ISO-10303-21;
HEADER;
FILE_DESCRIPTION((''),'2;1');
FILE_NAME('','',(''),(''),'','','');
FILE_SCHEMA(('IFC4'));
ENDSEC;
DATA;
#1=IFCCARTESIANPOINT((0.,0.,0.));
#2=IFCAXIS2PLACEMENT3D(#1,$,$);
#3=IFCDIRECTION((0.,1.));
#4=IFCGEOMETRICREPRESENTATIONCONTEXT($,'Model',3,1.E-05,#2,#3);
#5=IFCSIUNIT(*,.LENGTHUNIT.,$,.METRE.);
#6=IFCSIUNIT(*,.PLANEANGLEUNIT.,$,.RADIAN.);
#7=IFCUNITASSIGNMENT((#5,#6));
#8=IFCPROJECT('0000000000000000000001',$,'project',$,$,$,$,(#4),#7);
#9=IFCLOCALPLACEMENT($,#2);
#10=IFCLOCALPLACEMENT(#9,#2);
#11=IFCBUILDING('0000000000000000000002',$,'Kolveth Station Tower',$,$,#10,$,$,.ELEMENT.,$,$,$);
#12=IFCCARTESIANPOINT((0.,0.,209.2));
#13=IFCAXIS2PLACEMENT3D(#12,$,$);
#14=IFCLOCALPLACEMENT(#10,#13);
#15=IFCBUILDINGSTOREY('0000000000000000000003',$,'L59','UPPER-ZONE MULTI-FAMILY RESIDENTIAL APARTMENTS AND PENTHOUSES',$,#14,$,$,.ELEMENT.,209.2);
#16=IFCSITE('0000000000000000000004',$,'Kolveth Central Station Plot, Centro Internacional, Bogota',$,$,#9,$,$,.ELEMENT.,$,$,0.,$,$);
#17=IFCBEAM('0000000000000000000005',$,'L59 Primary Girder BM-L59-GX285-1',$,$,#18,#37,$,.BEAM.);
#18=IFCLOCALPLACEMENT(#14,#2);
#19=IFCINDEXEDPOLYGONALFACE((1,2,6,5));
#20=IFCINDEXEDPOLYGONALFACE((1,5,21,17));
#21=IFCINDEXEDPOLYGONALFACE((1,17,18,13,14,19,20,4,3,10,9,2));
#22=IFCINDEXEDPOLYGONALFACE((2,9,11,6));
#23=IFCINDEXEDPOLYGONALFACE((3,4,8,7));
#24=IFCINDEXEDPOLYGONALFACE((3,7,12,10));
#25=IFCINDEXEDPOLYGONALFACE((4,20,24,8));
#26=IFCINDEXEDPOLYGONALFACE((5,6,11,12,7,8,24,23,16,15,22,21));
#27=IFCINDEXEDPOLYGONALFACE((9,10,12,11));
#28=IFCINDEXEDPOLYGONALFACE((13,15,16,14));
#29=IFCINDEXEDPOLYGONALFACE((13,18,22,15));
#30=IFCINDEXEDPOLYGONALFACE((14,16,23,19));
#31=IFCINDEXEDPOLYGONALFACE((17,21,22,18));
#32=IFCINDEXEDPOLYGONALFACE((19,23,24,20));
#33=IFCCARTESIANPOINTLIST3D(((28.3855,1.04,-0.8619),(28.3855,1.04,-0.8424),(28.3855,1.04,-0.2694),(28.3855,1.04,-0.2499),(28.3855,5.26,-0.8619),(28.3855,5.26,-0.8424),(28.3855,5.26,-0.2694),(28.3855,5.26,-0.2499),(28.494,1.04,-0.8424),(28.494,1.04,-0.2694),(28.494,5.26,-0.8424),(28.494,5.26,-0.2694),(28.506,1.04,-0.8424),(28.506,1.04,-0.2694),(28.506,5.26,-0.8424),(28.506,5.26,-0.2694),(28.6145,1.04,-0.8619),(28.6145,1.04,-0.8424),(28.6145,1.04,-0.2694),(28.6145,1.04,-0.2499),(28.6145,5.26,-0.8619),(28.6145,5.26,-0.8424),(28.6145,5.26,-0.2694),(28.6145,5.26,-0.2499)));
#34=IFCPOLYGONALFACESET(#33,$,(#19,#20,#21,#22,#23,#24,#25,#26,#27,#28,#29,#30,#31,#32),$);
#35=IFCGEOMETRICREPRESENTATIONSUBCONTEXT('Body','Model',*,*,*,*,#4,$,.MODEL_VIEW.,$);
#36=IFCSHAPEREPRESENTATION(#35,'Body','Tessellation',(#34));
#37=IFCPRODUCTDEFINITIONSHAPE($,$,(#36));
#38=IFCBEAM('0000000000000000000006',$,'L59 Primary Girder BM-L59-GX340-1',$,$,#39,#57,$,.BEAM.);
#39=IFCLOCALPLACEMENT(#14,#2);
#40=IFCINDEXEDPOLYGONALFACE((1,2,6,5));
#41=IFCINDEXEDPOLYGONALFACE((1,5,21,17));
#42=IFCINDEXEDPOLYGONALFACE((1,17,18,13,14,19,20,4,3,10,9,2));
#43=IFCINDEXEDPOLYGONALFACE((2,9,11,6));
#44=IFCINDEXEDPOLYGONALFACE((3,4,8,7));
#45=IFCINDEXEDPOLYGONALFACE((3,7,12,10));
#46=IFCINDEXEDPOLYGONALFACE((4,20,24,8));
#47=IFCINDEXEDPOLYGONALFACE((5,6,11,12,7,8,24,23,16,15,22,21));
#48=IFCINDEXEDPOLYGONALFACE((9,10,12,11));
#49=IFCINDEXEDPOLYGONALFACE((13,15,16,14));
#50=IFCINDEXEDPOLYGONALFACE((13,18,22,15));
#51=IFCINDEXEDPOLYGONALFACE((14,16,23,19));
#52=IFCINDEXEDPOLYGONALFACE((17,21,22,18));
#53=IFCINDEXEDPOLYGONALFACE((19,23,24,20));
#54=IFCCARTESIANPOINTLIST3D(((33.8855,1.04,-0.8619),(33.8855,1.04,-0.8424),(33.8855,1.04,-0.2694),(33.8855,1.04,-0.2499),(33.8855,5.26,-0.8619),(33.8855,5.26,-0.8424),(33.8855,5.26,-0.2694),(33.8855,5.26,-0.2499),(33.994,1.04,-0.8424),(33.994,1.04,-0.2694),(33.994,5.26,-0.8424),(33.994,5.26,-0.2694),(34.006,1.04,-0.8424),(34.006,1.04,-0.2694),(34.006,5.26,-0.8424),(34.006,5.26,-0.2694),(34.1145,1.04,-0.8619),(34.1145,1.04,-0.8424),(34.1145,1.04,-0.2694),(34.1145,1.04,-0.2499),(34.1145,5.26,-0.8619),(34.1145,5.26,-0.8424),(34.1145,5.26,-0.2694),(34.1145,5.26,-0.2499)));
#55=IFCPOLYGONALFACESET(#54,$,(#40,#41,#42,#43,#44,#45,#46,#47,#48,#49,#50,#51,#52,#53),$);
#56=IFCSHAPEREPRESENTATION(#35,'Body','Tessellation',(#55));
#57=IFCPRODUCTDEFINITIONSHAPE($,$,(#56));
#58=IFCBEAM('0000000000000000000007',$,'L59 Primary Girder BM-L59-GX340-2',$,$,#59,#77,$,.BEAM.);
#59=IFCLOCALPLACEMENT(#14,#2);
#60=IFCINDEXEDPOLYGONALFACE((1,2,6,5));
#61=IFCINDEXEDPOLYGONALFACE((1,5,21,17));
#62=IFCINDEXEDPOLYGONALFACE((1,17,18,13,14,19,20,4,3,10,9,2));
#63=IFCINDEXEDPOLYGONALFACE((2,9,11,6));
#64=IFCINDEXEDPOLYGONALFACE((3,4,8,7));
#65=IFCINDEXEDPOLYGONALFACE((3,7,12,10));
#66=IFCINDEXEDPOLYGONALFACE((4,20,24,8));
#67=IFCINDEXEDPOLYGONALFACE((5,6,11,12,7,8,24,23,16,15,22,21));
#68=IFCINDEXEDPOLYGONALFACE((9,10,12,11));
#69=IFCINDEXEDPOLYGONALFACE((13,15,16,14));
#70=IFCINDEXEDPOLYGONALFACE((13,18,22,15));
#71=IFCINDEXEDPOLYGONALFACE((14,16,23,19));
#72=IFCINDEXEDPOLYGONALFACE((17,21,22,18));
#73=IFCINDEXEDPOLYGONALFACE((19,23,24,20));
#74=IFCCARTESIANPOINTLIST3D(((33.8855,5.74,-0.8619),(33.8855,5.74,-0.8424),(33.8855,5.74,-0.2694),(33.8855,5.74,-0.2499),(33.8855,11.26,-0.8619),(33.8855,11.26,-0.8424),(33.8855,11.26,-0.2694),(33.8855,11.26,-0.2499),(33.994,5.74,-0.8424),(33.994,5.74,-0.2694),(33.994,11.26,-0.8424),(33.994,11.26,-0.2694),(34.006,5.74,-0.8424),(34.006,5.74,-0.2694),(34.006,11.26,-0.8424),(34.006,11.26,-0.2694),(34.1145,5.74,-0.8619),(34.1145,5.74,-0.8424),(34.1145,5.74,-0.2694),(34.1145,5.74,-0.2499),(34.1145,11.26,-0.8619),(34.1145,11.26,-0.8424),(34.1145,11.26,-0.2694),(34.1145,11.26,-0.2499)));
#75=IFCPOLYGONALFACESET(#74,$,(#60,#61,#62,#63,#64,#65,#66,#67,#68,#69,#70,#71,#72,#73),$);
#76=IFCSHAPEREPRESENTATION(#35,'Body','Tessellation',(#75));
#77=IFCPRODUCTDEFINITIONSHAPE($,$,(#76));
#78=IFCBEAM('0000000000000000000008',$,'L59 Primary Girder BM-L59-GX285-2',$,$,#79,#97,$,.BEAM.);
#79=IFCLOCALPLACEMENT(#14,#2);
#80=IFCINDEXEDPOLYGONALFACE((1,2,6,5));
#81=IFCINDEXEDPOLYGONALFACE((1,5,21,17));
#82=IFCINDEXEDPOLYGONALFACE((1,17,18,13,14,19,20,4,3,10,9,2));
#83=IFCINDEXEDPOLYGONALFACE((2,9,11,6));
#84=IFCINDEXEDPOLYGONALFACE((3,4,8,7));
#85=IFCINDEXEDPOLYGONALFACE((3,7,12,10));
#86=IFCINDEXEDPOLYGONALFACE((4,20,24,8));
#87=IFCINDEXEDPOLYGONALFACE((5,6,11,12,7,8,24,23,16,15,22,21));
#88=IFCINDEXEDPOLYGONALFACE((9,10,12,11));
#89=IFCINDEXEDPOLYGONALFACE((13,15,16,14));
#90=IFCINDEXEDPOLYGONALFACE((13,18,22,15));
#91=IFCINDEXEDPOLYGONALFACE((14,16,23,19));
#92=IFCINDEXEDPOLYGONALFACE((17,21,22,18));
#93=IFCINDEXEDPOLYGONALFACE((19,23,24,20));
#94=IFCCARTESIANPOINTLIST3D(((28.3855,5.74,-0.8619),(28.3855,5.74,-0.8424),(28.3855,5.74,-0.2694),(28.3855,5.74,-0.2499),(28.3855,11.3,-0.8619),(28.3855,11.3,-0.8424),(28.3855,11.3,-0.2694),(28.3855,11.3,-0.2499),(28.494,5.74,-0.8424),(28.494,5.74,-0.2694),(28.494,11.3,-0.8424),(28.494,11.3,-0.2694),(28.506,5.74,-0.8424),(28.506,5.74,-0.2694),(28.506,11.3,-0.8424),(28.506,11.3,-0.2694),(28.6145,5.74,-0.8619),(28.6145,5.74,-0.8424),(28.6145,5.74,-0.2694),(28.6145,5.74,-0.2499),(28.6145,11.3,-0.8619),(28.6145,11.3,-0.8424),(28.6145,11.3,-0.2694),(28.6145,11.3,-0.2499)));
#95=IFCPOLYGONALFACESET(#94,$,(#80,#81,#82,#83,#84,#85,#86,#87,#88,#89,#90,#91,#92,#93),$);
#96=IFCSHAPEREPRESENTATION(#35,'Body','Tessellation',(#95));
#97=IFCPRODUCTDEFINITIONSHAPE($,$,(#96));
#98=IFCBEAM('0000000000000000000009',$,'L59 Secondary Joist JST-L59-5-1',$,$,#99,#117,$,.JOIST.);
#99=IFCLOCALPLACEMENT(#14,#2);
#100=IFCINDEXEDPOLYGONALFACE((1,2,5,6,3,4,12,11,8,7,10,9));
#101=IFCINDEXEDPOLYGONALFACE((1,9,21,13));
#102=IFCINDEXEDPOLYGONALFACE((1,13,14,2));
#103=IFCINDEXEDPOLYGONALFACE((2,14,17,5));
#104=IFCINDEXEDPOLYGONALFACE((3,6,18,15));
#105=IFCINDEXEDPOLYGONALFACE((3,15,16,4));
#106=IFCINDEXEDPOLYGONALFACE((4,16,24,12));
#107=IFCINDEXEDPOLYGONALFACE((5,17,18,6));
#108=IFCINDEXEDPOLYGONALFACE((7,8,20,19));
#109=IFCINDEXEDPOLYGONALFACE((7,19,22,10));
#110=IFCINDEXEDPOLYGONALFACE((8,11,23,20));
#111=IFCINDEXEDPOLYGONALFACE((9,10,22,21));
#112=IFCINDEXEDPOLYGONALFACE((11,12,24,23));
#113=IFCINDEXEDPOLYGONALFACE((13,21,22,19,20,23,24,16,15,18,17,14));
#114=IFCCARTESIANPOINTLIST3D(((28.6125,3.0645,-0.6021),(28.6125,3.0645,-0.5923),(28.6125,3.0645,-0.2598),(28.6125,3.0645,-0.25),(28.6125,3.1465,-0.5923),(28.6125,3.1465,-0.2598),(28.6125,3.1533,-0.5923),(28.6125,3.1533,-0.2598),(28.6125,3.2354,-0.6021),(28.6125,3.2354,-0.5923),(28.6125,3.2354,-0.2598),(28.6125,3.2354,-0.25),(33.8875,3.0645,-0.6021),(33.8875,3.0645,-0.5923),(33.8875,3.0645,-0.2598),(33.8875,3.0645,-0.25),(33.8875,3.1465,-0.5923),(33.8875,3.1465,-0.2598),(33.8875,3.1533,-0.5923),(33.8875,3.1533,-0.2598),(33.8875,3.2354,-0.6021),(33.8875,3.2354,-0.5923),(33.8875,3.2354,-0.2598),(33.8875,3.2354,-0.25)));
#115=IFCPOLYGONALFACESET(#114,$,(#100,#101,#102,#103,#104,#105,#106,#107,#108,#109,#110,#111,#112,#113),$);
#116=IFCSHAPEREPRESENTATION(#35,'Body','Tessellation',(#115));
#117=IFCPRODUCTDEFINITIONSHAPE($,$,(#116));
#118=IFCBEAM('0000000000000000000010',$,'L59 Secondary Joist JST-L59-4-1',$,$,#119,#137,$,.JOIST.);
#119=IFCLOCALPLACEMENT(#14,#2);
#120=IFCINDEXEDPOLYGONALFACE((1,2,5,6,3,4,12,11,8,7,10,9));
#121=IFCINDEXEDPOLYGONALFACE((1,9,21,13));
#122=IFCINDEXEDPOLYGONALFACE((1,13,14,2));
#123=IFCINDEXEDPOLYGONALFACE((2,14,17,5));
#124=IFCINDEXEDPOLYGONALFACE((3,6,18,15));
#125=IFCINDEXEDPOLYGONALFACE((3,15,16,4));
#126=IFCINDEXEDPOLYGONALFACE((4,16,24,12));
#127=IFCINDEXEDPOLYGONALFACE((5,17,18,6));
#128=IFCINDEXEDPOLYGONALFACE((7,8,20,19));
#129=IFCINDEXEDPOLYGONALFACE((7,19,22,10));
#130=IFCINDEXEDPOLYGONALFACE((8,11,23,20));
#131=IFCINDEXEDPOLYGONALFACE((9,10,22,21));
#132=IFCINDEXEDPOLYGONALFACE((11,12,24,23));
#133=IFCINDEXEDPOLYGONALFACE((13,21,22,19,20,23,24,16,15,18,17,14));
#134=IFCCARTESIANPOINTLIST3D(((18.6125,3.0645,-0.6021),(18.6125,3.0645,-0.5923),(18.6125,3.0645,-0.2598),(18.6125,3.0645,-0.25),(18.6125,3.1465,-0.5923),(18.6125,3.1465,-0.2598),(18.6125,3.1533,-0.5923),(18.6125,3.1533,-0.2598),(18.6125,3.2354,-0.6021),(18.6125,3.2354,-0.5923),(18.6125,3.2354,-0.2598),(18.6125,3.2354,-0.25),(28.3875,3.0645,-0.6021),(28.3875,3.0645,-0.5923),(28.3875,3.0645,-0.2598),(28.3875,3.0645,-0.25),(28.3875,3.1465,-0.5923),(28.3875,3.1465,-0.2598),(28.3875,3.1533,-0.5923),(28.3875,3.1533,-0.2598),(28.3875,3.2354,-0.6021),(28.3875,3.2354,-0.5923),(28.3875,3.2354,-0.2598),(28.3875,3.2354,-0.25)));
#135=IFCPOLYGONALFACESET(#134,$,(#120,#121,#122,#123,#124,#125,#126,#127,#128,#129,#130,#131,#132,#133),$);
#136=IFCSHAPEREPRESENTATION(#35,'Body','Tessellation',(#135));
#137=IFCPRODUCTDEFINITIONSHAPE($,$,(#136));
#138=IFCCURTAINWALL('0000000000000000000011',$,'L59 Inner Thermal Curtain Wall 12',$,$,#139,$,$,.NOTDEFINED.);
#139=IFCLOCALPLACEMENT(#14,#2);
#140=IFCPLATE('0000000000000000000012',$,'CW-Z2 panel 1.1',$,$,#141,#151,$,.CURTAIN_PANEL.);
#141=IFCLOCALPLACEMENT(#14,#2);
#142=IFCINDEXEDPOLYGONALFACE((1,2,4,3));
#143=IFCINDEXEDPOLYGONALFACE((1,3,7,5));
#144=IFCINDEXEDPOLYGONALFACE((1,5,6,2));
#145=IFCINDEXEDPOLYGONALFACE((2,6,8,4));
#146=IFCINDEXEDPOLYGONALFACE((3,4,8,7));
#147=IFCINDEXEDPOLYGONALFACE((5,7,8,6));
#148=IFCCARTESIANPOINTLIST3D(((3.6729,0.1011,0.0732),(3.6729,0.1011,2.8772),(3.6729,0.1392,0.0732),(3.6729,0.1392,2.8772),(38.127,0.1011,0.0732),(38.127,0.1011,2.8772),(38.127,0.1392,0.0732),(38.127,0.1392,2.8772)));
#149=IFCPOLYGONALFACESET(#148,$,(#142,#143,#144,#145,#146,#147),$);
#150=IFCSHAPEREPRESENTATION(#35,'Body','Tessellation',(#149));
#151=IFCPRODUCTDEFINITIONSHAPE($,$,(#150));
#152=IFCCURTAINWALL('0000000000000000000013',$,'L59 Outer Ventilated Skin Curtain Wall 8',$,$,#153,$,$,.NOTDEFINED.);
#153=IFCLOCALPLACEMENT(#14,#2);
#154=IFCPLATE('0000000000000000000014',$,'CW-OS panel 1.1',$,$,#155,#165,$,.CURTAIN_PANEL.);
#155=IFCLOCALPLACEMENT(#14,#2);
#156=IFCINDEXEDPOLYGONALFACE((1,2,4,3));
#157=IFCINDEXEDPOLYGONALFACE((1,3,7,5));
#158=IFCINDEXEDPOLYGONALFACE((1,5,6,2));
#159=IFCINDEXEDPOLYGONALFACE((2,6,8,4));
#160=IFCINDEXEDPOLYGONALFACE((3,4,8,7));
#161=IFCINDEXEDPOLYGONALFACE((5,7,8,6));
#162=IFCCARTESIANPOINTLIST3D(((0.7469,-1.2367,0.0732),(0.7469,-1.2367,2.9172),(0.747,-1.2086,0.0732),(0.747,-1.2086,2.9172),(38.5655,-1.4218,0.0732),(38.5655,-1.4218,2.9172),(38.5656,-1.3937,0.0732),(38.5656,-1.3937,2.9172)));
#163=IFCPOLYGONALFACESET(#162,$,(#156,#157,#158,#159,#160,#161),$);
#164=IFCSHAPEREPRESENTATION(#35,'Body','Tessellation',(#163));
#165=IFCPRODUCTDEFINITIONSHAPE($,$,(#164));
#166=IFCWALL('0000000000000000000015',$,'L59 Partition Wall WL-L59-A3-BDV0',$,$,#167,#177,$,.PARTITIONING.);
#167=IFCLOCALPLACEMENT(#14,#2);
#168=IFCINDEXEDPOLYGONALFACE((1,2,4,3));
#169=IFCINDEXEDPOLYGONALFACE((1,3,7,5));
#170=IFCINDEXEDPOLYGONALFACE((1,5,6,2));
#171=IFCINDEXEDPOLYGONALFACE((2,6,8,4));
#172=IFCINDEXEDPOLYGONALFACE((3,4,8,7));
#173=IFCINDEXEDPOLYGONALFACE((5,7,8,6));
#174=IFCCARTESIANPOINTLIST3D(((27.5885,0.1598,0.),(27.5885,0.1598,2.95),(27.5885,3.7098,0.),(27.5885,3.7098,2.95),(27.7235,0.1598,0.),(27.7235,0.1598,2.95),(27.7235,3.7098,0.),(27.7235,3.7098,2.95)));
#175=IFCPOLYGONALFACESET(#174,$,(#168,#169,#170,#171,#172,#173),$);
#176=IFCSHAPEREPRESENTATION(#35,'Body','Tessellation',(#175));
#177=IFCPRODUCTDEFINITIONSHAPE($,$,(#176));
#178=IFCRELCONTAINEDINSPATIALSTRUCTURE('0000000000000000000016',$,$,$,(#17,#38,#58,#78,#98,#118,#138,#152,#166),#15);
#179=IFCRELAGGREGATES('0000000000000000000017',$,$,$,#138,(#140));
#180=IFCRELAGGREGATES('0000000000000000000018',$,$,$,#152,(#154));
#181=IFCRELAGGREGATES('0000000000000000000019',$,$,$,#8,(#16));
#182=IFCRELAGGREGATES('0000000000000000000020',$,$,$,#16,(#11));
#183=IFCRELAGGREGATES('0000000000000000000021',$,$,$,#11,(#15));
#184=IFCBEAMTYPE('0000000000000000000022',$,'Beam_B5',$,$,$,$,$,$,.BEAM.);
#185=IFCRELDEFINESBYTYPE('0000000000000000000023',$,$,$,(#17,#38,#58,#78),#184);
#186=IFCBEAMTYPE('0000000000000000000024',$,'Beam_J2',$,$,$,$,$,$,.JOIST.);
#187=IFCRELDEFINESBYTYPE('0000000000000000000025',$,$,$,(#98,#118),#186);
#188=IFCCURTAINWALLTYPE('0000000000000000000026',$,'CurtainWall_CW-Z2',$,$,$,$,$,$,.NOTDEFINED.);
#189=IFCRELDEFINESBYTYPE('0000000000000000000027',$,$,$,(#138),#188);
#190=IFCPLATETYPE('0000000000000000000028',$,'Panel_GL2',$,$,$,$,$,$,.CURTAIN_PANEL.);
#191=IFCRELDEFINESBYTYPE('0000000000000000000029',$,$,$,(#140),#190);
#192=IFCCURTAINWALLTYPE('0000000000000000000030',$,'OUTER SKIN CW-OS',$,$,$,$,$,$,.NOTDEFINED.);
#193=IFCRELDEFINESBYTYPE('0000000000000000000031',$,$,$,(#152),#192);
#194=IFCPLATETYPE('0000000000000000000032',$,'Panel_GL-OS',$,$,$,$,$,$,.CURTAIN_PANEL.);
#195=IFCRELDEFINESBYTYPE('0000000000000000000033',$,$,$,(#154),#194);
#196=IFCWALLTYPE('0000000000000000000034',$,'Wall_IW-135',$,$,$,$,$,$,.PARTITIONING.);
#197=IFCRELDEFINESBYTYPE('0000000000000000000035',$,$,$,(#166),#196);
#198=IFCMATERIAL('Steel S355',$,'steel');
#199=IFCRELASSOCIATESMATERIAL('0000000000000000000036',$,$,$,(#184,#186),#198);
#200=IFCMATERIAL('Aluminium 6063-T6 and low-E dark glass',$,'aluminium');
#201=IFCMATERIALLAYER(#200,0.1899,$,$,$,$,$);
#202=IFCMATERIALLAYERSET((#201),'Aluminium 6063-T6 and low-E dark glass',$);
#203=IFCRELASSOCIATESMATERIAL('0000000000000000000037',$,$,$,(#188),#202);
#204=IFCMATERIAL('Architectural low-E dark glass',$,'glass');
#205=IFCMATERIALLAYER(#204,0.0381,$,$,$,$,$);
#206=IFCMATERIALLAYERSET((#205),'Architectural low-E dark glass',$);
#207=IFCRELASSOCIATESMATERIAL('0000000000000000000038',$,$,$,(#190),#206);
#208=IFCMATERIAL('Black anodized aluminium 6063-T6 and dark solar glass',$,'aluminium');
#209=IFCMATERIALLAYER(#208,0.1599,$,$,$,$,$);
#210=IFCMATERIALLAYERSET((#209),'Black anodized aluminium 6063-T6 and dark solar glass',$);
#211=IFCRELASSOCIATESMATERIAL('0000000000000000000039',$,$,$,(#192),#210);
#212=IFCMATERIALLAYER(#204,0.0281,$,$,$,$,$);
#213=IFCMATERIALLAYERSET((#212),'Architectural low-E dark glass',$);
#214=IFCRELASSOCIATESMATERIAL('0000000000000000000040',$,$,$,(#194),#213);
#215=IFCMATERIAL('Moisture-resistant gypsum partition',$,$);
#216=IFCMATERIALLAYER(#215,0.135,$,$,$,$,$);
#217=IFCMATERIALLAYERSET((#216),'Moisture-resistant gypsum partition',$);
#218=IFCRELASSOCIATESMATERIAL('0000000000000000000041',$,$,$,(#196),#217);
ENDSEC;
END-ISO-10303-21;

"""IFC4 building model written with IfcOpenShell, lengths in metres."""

from ifc_helpers import new_model, si_unit, direction, frame, frame_2d, origin, origin_2d, place, context, subcontext, project, spatial, rectangle, i_section, extrude, source, transform, mapped, material, layer, layer_set, material_profile, profile_set, type_object, element, aggregate, save


model = new_model("IFC4")

# Units and contexts
model_context = context("Model", 3, precision=1e-05, world=origin(), true_north=direction((0.0, 1.0)))
body_context = subcontext(model_context, "Body", "Model", "MODEL_VIEW")
ifc_project = project(units=[si_unit("LENGTHUNIT", "METRE"), si_unit("PLANEANGLEUNIT", "RADIAN")], contexts=[model_context])

# Site, building, storey
site_placement = place(None, origin())
site = spatial("IfcSite", under=ifc_project, at=site_placement, Name="Kolveth Central Station Plot, Centro Internacional, Bogota", CompositionType="ELEMENT", RefElevation=0.0)
building_placement = place(site_placement, origin())
building = spatial("IfcBuilding", under=site, at=building_placement, Name="Kolveth Station Tower", CompositionType="ELEMENT")
storey_placement = place(building_placement, frame((0.0, 0.0, 209.2)))
storey = spatial("IfcBuildingStorey", under=building, at=storey_placement, Name="L59", Description="UPPER-ZONE MULTI-FAMILY RESIDENTIAL APARTMENTS AND PENTHOUSES", CompositionType="ELEMENT", Elevation=209.2)

# Shared definitions
ifc_material_1 = material(Name="Steel S355", Category="steel")

# Beams
ifc_material_profile_1 = material_profile(ifc_material_1, i_section(OverallWidth=0.229, OverallDepth=0.6121, WebThickness=0.012, FlangeThickness=0.0195, at=origin_2d()), Name="W610x125")
ifc_profile_set_1 = profile_set([ifc_material_profile_1], Name="Steel S355")
beam_type_1 = type_object("IfcBeamType", Name="Beam_B5", PredefinedType="BEAM", material=ifc_profile_set_1)
shared_shape_1 = source(origin(), body_context, "Body", "SweptSolid", [
    extrude(i_section(OverallWidth=0.229, OverallDepth=0.6121, WebThickness=0.012, FlangeThickness=0.0195, at=origin_2d()), origin(), (0.0, 0.0, 1.0), 4.22),
])
for number, where, z_axis, x_axis, name in (
    (1, (28.5, 1.04, -0.5559), (0.0, 1.0, 0.0), (-1.0, 0.0, 0.0), "L59 Primary Girder BM-L59-GX285-1"),
    (2, (34.0, 1.04, -0.5559), (0.0, 1.0, 0.0), (-1.0, 0.0, 0.0), "L59 Primary Girder BM-L59-GX340-1"),
):
    element("IfcBeam", number, at=place(storey_placement, frame(where, z_axis=z_axis, x_axis=x_axis)), inside=storey, type_object=beam_type_1, Name=name, PredefinedType="BEAM", context=body_context, shape_type="MappedRepresentation", body=[
        mapped(shared_shape_1, transform((0.0, 0.0, 0.0), x_axis=(1.0, 0.0, 0.0), y_axis=(0.0, 1.0, 0.0), z_axis=(0.0, 0.0, 1.0), scale=1.0)),
    ])
shared_shape_2 = source(origin(), body_context, "Body", "SweptSolid", [
    extrude(i_section(OverallWidth=0.229, OverallDepth=0.6121, WebThickness=0.012, FlangeThickness=0.0195, at=origin_2d()), origin(), (0.0, 0.0, 1.0), 5.52),
])
beam_1_placement = place(storey_placement, frame((34.0, 5.74, -0.5559), z_axis=(0.0, 1.0, 0.0), x_axis=(-1.0, 0.0, 0.0)))
element("IfcBeam", 3, at=beam_1_placement, inside=storey, type_object=beam_type_1, Name="L59 Primary Girder BM-L59-GX340-2", PredefinedType="BEAM", context=body_context, shape_type="MappedRepresentation", body=[
    mapped(shared_shape_2, transform((0.0, 0.0, 0.0), x_axis=(1.0, 0.0, 0.0), y_axis=(0.0, 1.0, 0.0), z_axis=(0.0, 0.0, 1.0), scale=1.0)),
])
shared_shape_3 = source(origin(), body_context, "Body", "SweptSolid", [
    extrude(i_section(OverallWidth=0.229, OverallDepth=0.6121, WebThickness=0.012, FlangeThickness=0.0195, at=origin_2d()), origin(), (0.0, 0.0, 1.0), 5.5601),
])
beam_2_placement = place(storey_placement, frame((28.5, 5.74, -0.5559), z_axis=(0.0, 1.0, 0.0), x_axis=(-1.0, 0.0, 0.0)))
element("IfcBeam", 4, at=beam_2_placement, inside=storey, type_object=beam_type_1, Name="L59 Primary Girder BM-L59-GX285-2", PredefinedType="BEAM", context=body_context, shape_type="MappedRepresentation", body=[
    mapped(shared_shape_3, transform((0.0, 0.0, 0.0), x_axis=(1.0, 0.0, 0.0), y_axis=(0.0, 1.0, 0.0), z_axis=(0.0, 0.0, 1.0), scale=1.0)),
])
ifc_material_profile_2 = material_profile(ifc_material_1, i_section(OverallWidth=0.1709, OverallDepth=0.3521, WebThickness=0.0068, FlangeThickness=0.0098, at=origin_2d()), Name="W360x44")
ifc_profile_set_2 = profile_set([ifc_material_profile_2], Name="Steel S355")
beam_type_2 = type_object("IfcBeamType", Name="Beam_J2", PredefinedType="JOIST", material=ifc_profile_set_2)
shared_shape_4 = source(origin(), body_context, "Body", "SweptSolid", [
    extrude(i_section(OverallWidth=0.1709, OverallDepth=0.3521, WebThickness=0.0068, FlangeThickness=0.0098, at=origin_2d()), origin(), (0.0, 0.0, 1.0), 5.2749),
])
beam_3_placement = place(storey_placement, frame((28.6125, 3.1499, -0.426), z_axis=(1.0, 0.0, 0.0), x_axis=(0.0, 1.0, 0.0)))
element("IfcBeam", 5, at=beam_3_placement, inside=storey, type_object=beam_type_2, Name="L59 Secondary Joist JST-L59-5-1", PredefinedType="JOIST", context=body_context, shape_type="MappedRepresentation", body=[
    mapped(shared_shape_4, transform((0.0, 0.0, 0.0), x_axis=(1.0, 0.0, 0.0), y_axis=(0.0, 1.0, 0.0), z_axis=(0.0, 0.0, 1.0), scale=1.0)),
])
shared_shape_5 = source(origin(), body_context, "Body", "SweptSolid", [
    extrude(i_section(OverallWidth=0.1709, OverallDepth=0.3521, WebThickness=0.0068, FlangeThickness=0.0098, at=origin_2d()), origin(), (0.0, 0.0, 1.0), 9.7749),
])
beam_4_placement = place(storey_placement, frame((18.6125, 3.1499, -0.426), z_axis=(1.0, 0.0, 0.0), x_axis=(0.0, 1.0, 0.0)))
element("IfcBeam", 6, at=beam_4_placement, inside=storey, type_object=beam_type_2, Name="L59 Secondary Joist JST-L59-4-1", PredefinedType="JOIST", context=body_context, shape_type="MappedRepresentation", body=[
    mapped(shared_shape_5, transform((0.0, 0.0, 0.0), x_axis=(1.0, 0.0, 0.0), y_axis=(0.0, 1.0, 0.0), z_axis=(0.0, 0.0, 1.0), scale=1.0)),
])

# Curtain walls, plates
ifc_material_2 = material(Name="Aluminium 6063-T6 and low-E dark glass", Category="aluminium")
ifc_layer_1 = layer(ifc_material_2, 0.1899)
ifc_layer_set_1 = layer_set([ifc_layer_1], Name="Aluminium 6063-T6 and low-E dark glass")
curtain_wall_type_1 = type_object("IfcCurtainWallType", Name="CurtainWall_CW-Z2", PredefinedType="NOTDEFINED", material=ifc_layer_set_1)
curtain_wall_1_placement = place(storey_placement, origin())
curtain_wall_1 = element("IfcCurtainWall", 7, at=curtain_wall_1_placement, inside=storey, type_object=curtain_wall_type_1, Name="L59 Inner Thermal Curtain Wall 12", PredefinedType="NOTDEFINED")
ifc_material_3 = material(Name="Architectural low-E dark glass", Category="glass")
ifc_layer_2 = layer(ifc_material_3, 0.0381)
ifc_layer_set_2 = layer_set([ifc_layer_2], Name="Architectural low-E dark glass")
plate_type_1 = type_object("IfcPlateType", Name="Panel_GL2", PredefinedType="CURTAIN_PANEL", material=ifc_layer_set_2)
shared_shape_6 = source(origin(), body_context, "Body", "SweptSolid", [
    extrude(rectangle(XDim=34.4541, YDim=0.0381, at=origin_2d()), origin(), (0.0, 0.0, 1.0), 2.804),
])
plate_1_placement = place(storey_placement, frame((20.8999, 0.1201, 0.0732), z_axis=(0.0, 0.0, 1.0), x_axis=(1.0, 0.0, 0.0)))
plate_1 = element("IfcPlate", 8, at=plate_1_placement, type_object=plate_type_1, Name="CW-Z2 panel 1.1", PredefinedType="CURTAIN_PANEL", context=body_context, shape_type="MappedRepresentation", body=[
    mapped(shared_shape_6, transform((0.0, 0.0, 0.0), x_axis=(1.0, 0.0, 0.0), y_axis=(0.0, 1.0, 0.0), z_axis=(0.0, 0.0, 1.0), scale=1.0)),
])
aggregate(curtain_wall_1, [plate_1])
ifc_material_4 = material(Name="Black anodized aluminium 6063-T6 and dark solar glass", Category="aluminium")
ifc_layer_3 = layer(ifc_material_4, 0.1599)
ifc_layer_set_3 = layer_set([ifc_layer_3], Name="Black anodized aluminium 6063-T6 and dark solar glass")
curtain_wall_type_2 = type_object("IfcCurtainWallType", Name="OUTER SKIN CW-OS", PredefinedType="NOTDEFINED", material=ifc_layer_set_3)
curtain_wall_2_placement = place(storey_placement, origin())
curtain_wall_2 = element("IfcCurtainWall", 9, at=curtain_wall_2_placement, inside=storey, type_object=curtain_wall_type_2, Name="L59 Outer Ventilated Skin Curtain Wall 8", PredefinedType="NOTDEFINED")
ifc_layer_4 = layer(ifc_material_3, 0.0281)
ifc_layer_set_4 = layer_set([ifc_layer_4], Name="Architectural low-E dark glass")
plate_type_2 = type_object("IfcPlateType", Name="Panel_GL-OS", PredefinedType="CURTAIN_PANEL", material=ifc_layer_set_4)
shared_shape_7 = source(origin(), body_context, "Body", "SweptSolid", [
    extrude(rectangle(XDim=37.8191, YDim=0.0281, at=origin_2d()), origin(), (0.0, 0.0, 1.0), 2.844),
])
plate_2_placement = place(storey_placement, frame((19.6562, -1.3152, 0.0732), z_axis=(0.0, 0.0, 1.0), x_axis=(0.999988, -0.004894, 0.0)))
plate_2 = element("IfcPlate", 10, at=plate_2_placement, type_object=plate_type_2, Name="CW-OS panel 1.1", PredefinedType="CURTAIN_PANEL", context=body_context, shape_type="MappedRepresentation", body=[
    mapped(shared_shape_7, transform((0.0, 0.0, 0.0), x_axis=(1.0, 0.0, 0.0), y_axis=(0.0, 1.0, 0.0), z_axis=(0.0, 0.0, 1.0), scale=1.0)),
])
aggregate(curtain_wall_2, [plate_2])

# Shared definitions
ifc_material_5 = material(Name="Moisture-resistant gypsum partition")
ifc_layer_5 = layer(ifc_material_5, 0.135)
ifc_layer_set_5 = layer_set([ifc_layer_5], Name="Moisture-resistant gypsum partition")
wall_type_1 = type_object("IfcWallType", Name="Wall_IW-135", PredefinedType="PARTITIONING", material=ifc_layer_set_5)

# Wall
wall_1_placement = place(storey_placement, frame((27.656, 0.1599, 0.0), z_axis=(0.0, 0.0, 1.0), x_axis=(0.0, 1.0, 0.0)))
element("IfcWall", 11, at=wall_1_placement, inside=storey, type_object=wall_type_1, Name="L59 Partition Wall WL-L59-A3-BDV0", PredefinedType="PARTITIONING", context=body_context, shape_type="SweptSolid", body=[
    extrude(rectangle(XDim=3.55, YDim=0.135, at=frame_2d((1.7749, 0.0))), origin(), (0.0, 0.0, 1.0), 2.95),
])

save(model, "model.ifc")
